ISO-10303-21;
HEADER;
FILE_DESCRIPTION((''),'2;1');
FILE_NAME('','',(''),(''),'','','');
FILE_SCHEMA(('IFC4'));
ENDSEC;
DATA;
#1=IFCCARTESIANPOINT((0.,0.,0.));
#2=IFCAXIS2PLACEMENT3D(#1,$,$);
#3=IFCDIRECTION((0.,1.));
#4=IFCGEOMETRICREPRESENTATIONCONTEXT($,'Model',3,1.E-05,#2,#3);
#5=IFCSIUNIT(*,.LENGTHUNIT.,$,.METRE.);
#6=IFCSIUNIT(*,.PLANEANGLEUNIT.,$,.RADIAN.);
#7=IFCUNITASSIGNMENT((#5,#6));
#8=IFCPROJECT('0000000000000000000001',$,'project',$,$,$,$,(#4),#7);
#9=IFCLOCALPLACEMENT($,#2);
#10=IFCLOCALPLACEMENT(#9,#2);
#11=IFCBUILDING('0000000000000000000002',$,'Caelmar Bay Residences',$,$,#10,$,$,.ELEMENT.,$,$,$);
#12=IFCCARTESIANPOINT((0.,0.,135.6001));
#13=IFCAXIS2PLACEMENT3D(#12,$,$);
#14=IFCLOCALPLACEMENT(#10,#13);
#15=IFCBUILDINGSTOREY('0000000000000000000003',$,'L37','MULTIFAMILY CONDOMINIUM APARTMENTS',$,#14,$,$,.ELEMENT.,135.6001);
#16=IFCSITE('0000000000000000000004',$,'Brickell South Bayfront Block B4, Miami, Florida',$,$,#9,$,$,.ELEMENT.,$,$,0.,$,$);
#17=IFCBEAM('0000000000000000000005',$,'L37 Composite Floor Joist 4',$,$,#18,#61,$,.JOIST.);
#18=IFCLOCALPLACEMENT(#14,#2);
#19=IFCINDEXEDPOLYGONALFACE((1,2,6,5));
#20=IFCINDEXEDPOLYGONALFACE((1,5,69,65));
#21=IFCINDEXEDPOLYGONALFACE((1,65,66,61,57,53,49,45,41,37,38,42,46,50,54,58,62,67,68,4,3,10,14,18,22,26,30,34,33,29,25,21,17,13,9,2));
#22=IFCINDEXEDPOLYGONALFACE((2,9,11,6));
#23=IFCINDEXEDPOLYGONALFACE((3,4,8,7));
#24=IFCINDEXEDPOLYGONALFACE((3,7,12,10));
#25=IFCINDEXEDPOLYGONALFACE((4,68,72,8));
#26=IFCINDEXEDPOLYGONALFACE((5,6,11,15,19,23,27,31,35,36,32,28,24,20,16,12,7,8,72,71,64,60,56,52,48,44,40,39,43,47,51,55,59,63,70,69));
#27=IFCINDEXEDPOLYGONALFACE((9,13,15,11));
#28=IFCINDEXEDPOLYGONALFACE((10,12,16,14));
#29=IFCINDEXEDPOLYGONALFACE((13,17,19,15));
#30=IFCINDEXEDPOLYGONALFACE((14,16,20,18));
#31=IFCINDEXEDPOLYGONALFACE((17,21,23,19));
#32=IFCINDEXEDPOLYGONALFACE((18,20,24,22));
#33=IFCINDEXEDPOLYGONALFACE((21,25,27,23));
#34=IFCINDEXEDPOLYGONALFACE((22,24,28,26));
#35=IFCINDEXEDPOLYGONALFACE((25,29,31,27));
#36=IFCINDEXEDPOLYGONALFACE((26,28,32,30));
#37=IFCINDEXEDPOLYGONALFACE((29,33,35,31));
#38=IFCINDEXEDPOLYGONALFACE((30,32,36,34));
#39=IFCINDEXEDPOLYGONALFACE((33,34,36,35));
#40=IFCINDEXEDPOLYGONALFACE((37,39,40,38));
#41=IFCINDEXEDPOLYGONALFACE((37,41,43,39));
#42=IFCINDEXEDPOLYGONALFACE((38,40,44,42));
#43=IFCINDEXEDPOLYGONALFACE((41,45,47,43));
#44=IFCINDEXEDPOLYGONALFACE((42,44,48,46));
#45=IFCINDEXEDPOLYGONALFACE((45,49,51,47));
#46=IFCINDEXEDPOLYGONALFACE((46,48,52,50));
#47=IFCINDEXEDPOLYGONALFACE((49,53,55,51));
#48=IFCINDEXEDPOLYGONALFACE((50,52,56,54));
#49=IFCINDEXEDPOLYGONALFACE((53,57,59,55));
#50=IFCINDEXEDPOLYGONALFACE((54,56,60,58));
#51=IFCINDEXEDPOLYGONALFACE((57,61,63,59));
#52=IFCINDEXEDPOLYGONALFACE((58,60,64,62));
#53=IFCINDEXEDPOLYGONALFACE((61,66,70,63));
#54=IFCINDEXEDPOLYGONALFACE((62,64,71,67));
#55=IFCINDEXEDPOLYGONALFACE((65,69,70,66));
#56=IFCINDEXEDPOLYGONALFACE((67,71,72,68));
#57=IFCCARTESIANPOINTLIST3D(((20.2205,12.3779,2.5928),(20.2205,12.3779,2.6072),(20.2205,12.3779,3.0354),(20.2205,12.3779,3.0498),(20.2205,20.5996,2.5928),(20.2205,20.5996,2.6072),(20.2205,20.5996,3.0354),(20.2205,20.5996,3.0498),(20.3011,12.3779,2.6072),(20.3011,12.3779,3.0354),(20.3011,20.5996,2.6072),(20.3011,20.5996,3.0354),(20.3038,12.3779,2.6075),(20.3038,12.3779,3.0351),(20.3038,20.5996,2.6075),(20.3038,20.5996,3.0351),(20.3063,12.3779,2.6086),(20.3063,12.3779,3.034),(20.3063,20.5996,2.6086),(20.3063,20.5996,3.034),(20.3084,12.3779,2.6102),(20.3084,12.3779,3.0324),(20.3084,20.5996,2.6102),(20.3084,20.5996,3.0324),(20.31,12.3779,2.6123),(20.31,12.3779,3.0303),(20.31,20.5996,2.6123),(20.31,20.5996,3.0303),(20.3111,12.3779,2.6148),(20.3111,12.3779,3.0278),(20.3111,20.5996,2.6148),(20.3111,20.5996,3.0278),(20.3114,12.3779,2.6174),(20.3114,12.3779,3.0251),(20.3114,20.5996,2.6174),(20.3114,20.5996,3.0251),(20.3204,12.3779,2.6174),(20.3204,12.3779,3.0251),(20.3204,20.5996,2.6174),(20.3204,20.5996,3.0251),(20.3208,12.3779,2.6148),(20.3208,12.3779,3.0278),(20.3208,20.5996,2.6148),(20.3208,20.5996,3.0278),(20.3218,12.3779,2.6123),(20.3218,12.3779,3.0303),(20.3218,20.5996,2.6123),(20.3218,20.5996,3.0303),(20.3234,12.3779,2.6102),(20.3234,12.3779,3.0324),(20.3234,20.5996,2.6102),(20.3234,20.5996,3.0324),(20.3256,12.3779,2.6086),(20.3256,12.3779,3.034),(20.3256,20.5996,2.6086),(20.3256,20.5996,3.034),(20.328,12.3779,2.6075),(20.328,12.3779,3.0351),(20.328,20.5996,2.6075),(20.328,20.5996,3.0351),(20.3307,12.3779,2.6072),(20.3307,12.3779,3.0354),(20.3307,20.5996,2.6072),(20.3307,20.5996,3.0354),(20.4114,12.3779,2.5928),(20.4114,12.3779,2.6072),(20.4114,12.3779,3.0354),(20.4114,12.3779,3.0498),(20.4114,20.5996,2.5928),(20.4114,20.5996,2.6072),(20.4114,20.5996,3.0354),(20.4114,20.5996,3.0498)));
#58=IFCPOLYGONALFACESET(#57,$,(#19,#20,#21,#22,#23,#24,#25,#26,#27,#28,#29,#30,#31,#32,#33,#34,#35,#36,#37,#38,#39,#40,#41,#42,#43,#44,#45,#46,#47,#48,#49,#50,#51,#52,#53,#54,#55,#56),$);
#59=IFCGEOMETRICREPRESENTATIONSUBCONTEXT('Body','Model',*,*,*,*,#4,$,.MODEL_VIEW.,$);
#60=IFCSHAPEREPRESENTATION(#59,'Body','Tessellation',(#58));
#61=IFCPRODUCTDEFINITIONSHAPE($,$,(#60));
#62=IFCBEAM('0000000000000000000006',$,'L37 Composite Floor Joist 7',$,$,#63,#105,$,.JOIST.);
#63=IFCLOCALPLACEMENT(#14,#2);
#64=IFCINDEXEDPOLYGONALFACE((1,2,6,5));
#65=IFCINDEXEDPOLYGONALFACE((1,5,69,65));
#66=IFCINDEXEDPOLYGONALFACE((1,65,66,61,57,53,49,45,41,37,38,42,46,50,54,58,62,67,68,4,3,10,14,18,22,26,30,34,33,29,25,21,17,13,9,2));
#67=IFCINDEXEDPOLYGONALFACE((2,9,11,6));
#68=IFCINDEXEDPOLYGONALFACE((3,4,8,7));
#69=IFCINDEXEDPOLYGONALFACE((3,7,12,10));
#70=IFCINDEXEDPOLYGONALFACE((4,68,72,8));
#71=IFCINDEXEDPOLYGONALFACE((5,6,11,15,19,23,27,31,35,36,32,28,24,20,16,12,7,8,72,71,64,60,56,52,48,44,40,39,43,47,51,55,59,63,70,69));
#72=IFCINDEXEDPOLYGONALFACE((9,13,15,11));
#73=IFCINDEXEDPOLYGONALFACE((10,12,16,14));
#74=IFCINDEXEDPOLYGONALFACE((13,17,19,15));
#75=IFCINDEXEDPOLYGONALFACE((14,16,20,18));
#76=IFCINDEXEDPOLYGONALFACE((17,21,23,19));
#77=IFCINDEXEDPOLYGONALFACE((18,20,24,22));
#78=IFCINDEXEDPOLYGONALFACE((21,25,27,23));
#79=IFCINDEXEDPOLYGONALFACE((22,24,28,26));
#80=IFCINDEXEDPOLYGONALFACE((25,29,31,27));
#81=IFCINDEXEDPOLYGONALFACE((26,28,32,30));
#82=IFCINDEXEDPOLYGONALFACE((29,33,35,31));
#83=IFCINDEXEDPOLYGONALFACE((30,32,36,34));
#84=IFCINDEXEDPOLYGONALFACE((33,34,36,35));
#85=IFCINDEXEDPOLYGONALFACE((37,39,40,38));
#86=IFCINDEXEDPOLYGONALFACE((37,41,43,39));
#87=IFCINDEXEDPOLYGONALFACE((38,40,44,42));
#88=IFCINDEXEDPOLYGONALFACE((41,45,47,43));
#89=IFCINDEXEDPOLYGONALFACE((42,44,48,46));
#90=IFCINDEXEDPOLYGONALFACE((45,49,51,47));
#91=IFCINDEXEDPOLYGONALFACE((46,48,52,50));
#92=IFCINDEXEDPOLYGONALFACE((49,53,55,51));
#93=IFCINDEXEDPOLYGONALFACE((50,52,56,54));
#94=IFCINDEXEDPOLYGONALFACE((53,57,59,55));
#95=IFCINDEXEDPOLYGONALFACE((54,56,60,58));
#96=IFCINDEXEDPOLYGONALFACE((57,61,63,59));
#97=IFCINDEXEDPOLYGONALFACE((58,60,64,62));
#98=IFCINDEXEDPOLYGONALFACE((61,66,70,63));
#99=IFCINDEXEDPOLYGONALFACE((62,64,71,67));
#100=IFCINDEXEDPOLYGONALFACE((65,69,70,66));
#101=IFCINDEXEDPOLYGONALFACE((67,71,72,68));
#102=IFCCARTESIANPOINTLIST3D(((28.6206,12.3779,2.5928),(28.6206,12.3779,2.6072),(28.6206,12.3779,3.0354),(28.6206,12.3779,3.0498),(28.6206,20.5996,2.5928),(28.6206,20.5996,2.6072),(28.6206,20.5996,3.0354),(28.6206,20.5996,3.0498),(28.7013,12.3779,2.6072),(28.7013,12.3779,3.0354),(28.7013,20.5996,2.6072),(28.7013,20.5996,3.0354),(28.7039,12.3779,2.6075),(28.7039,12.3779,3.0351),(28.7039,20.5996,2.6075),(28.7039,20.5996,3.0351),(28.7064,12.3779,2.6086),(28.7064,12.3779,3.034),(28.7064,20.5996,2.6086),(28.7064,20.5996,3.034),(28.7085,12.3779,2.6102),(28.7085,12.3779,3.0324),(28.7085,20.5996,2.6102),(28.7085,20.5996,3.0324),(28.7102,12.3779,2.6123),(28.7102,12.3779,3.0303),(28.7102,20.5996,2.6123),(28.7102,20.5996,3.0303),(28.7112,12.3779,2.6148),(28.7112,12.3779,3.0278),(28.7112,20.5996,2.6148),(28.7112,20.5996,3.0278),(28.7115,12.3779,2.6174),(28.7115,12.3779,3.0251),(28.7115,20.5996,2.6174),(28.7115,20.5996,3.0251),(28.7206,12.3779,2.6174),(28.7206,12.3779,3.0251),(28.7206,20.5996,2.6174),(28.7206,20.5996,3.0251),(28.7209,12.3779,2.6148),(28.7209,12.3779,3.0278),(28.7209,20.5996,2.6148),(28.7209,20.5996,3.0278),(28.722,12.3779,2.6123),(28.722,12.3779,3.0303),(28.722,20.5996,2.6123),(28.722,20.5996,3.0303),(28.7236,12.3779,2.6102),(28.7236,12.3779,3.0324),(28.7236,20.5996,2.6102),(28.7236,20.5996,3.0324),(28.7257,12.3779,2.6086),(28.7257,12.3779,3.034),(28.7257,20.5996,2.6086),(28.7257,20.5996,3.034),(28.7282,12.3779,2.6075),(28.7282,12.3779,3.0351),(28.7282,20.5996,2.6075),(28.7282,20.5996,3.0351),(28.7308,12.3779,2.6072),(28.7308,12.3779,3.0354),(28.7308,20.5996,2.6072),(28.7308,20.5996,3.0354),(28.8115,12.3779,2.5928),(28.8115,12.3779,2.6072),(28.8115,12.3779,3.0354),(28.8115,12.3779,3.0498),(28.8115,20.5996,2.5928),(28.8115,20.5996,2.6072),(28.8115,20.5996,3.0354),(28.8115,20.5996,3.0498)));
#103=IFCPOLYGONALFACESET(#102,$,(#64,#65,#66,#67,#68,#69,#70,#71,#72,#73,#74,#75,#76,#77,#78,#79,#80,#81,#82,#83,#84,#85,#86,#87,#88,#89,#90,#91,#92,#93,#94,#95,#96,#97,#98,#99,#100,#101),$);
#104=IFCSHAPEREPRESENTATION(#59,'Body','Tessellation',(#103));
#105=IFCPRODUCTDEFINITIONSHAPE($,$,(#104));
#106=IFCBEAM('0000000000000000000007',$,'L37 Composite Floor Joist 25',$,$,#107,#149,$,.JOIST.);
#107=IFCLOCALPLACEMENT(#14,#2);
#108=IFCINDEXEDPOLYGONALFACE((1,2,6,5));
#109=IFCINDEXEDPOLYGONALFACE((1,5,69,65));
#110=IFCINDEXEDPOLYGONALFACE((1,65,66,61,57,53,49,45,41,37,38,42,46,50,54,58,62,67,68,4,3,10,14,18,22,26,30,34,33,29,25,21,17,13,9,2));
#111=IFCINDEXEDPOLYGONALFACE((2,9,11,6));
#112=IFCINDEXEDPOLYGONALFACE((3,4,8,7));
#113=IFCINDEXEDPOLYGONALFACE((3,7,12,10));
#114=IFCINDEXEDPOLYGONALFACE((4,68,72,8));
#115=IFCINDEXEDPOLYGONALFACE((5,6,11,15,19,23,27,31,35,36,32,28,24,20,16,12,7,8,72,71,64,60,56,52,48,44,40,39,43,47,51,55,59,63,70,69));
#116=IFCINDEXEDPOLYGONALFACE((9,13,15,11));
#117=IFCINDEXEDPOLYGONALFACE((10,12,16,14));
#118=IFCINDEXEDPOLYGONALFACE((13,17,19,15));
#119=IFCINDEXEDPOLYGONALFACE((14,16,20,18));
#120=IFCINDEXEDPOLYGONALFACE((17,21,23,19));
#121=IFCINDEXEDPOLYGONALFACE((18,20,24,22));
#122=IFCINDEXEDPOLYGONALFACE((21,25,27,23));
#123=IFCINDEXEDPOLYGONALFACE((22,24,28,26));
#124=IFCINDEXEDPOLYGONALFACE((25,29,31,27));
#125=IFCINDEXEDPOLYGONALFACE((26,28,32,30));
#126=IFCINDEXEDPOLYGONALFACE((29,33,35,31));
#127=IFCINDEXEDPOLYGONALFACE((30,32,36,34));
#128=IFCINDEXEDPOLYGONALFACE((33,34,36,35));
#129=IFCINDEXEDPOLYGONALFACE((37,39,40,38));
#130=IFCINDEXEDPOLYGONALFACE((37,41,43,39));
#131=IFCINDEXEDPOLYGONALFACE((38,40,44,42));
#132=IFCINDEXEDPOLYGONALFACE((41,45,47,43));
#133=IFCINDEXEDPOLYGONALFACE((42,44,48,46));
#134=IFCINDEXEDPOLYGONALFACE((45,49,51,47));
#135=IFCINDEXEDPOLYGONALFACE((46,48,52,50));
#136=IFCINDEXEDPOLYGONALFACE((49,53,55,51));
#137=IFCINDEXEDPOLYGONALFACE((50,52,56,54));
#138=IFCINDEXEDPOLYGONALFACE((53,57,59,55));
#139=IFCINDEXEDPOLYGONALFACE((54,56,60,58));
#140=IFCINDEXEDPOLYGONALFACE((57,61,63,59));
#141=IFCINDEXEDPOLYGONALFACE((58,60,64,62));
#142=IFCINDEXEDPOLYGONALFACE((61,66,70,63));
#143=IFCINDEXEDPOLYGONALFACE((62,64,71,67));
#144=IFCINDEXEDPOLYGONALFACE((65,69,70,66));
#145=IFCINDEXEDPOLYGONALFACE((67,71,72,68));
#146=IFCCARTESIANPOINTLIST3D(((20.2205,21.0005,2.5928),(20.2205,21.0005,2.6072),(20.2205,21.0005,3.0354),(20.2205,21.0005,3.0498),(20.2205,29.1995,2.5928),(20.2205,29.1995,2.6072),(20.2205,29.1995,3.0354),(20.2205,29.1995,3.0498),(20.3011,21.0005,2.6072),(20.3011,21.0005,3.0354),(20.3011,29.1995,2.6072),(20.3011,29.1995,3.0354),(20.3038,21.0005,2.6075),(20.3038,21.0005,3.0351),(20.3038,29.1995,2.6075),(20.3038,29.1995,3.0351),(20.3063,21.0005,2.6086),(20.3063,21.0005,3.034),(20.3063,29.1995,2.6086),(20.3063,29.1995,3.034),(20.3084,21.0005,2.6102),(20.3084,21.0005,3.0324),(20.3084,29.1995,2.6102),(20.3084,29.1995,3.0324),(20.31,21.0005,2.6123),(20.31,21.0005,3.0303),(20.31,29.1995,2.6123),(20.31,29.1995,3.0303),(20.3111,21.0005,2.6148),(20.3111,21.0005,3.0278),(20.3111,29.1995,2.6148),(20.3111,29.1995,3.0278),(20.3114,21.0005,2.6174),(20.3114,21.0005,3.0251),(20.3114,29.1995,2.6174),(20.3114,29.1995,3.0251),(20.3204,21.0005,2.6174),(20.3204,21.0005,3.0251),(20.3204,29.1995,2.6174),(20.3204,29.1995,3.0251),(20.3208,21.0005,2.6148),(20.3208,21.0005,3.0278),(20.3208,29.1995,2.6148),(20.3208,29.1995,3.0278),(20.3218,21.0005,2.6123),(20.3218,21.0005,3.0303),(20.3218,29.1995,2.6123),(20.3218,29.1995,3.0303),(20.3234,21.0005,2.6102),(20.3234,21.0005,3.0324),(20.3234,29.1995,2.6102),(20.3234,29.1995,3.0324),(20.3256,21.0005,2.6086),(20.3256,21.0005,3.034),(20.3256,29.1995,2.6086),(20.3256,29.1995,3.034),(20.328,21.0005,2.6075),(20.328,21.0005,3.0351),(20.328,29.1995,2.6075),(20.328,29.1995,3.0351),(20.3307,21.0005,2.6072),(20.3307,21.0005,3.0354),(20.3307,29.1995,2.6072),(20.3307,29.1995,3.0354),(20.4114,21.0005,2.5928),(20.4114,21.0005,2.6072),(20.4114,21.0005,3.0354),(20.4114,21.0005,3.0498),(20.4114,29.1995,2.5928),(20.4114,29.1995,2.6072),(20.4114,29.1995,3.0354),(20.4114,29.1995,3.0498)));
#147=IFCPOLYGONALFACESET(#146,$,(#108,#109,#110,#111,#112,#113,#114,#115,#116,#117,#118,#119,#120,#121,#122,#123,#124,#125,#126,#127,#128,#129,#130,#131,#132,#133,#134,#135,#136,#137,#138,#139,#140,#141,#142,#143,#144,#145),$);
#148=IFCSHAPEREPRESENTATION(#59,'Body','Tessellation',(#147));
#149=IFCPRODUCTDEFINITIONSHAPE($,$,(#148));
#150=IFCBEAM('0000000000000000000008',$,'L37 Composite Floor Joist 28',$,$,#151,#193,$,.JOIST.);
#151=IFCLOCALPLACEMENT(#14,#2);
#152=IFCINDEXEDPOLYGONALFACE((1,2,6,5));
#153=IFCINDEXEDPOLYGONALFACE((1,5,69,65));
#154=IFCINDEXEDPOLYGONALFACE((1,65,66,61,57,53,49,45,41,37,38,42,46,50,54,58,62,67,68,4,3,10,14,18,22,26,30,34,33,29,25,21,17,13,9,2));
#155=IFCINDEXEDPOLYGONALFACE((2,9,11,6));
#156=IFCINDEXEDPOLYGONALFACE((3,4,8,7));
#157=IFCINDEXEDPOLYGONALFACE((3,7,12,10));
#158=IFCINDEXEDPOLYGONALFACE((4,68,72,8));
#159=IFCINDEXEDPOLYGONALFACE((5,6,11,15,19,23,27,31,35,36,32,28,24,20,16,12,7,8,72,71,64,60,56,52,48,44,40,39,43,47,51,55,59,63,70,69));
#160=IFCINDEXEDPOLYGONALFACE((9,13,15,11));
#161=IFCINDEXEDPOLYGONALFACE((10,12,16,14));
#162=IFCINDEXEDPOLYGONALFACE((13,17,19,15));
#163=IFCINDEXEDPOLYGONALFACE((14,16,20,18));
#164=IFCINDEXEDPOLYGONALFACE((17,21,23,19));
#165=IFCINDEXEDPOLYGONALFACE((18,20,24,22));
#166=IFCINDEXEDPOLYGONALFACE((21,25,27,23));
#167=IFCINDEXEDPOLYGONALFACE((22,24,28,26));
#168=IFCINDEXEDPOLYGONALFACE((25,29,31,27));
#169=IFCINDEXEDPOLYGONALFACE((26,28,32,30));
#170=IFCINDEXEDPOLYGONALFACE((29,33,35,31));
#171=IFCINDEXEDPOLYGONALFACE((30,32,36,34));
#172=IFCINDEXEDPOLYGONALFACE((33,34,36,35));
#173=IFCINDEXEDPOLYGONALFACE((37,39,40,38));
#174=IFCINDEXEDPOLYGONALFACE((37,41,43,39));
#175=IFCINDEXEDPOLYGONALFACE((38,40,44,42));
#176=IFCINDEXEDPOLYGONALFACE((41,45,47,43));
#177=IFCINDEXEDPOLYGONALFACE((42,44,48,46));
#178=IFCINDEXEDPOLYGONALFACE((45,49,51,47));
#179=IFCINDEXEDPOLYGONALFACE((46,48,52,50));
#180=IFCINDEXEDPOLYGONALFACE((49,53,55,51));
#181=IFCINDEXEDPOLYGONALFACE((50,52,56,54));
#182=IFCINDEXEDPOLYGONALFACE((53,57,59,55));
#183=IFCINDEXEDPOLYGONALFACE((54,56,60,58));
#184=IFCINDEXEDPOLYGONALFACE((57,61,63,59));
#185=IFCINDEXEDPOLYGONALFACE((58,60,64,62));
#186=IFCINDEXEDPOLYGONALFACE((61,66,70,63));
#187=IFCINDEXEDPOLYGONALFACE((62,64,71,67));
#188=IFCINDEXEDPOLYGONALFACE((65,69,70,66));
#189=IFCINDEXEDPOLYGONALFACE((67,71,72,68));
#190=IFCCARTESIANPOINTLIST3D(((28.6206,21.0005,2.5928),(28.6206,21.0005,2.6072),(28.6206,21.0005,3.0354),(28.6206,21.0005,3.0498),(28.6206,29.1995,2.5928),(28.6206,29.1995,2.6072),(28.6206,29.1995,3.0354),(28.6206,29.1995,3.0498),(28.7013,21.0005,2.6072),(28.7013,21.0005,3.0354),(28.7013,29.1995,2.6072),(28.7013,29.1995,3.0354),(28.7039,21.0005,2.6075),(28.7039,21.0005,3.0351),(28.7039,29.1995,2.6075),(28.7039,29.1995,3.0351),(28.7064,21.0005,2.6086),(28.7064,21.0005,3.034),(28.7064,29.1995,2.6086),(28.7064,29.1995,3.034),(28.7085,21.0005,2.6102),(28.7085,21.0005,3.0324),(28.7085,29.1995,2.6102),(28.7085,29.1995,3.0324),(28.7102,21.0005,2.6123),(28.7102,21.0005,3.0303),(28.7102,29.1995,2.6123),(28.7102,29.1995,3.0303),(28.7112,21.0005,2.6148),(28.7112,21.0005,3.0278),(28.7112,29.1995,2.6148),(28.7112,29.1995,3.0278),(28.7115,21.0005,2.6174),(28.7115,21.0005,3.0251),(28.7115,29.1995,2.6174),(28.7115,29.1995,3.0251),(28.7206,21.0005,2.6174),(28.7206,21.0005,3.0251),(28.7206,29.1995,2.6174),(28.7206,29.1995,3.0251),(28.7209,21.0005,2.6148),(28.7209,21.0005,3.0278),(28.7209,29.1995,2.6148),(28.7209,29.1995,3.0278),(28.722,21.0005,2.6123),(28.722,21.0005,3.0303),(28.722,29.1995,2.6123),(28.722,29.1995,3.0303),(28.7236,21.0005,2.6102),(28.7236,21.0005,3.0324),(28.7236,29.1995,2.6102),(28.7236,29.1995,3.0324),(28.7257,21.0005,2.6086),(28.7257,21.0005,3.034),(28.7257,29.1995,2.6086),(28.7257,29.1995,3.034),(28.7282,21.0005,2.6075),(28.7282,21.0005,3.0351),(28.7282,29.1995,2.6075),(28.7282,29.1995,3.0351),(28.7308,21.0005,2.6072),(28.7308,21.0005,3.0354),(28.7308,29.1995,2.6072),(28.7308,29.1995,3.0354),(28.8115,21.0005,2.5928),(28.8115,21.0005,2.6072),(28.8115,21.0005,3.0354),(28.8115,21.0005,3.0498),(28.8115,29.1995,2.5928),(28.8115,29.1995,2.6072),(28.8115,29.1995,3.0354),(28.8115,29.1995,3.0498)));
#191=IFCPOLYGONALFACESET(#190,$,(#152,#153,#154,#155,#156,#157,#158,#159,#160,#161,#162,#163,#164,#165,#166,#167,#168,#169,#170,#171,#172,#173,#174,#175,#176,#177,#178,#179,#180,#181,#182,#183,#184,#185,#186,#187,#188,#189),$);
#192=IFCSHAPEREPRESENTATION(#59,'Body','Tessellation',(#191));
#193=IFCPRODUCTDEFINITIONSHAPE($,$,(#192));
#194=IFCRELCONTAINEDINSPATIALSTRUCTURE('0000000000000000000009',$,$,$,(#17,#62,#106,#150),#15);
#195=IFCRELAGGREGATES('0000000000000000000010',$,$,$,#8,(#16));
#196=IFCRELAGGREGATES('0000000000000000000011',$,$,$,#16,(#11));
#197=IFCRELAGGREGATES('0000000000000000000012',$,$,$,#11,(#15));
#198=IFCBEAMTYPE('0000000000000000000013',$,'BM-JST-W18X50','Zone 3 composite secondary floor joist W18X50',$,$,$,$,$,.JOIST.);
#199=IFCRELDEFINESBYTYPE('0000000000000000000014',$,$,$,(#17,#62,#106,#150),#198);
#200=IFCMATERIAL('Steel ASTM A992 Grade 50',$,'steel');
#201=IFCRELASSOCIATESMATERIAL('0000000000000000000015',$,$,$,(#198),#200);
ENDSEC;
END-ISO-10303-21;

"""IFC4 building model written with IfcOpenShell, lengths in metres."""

from ifc_helpers import new_model, si_unit, direction, frame, origin, origin_2d, place, context, subcontext, project, spatial, i_section, extrude, material, material_profile, profile_set, type_object, element, save


model = new_model("IFC4")

# Units and contexts
model_context = context("Model", 3, precision=1e-05, world=origin(), true_north=direction((0.0, 1.0)))
body_context = subcontext(model_context, "Body", "Model", "MODEL_VIEW")
ifc_project = project(units=[si_unit("LENGTHUNIT", "METRE"), si_unit("PLANEANGLEUNIT", "RADIAN")], contexts=[model_context])

# Site, building, storey
site_placement = place(None, origin())
site = spatial("IfcSite", under=ifc_project, at=site_placement, Name="Brickell South Bayfront Block B4, Miami, Florida", CompositionType="ELEMENT", RefElevation=0.0)
building_placement = place(site_placement, origin())
building = spatial("IfcBuilding", under=site, at=building_placement, Name="Caelmar Bay Residences", CompositionType="ELEMENT")
storey_placement = place(building_placement, frame((0.0, 0.0, 135.6001)))
storey = spatial("IfcBuildingStorey", under=building, at=storey_placement, Name="L37", Description="MULTIFAMILY CONDOMINIUM APARTMENTS", CompositionType="ELEMENT", Elevation=135.6001)

# Beams
ifc_material_1 = material(Name="Steel ASTM A992 Grade 50", Category="steel")
ifc_material_profile_1 = material_profile(ifc_material_1, i_section(OverallWidth=0.1909, OverallDepth=0.457, WebThickness=0.009, FlangeThickness=0.0144, FilletRadius=0.0103, at=origin_2d()), Name="W18X50")
ifc_profile_set_1 = profile_set([ifc_material_profile_1], Name="Steel ASTM A992 Grade 50")
beam_type_1 = type_object("IfcBeamType", Name="BM-JST-W18X50", Description="Zone 3 composite secondary floor joist W18X50", PredefinedType="JOIST", material=ifc_profile_set_1)
for number, where, z_axis, x_axis, name in (
    (1, (20.3159, 12.3779, 2.8213), (0.0, 1.0, 0.0), (-1.0, 0.0, 0.0), "L37 Composite Floor Joist 4"),
    (2, (28.7161, 12.3779, 2.8213), (0.0, 1.0, 0.0), (-1.0, 0.0, 0.0), "L37 Composite Floor Joist 7"),
):
    element("IfcBeam", number, at=place(storey_placement, frame(where, z_axis=z_axis, x_axis=x_axis)), inside=storey, type_object=beam_type_1, Name=name, PredefinedType="JOIST", context=body_context, shape_type="SweptSolid", body=[
        extrude(i_section(OverallWidth=0.1909, OverallDepth=0.457, WebThickness=0.009, FlangeThickness=0.0144, FilletRadius=0.0103, at=origin_2d()), origin(), (0.0, 0.0, 1.0), 8.2217),
    ])
for number, where, z_axis, x_axis, name in (
    (3, (20.3159, 21.0005, 2.8213), (0.0, 1.0, 0.0), (-1.0, 0.0, 0.0), "L37 Composite Floor Joist 25"),
    (4, (28.7161, 21.0005, 2.8213), (0.0, 1.0, 0.0), (-1.0, 0.0, 0.0), "L37 Composite Floor Joist 28"),
):
    element("IfcBeam", number, at=place(storey_placement, frame(where, z_axis=z_axis, x_axis=x_axis)), inside=storey, type_object=beam_type_1, Name=name, PredefinedType="JOIST", context=body_context, shape_type="SweptSolid", body=[
        extrude(i_section(OverallWidth=0.1909, OverallDepth=0.457, WebThickness=0.009, FlangeThickness=0.0144, FilletRadius=0.0103, at=origin_2d()), origin(), (0.0, 0.0, 1.0), 8.199),
    ])

save(model, "model.ifc")
